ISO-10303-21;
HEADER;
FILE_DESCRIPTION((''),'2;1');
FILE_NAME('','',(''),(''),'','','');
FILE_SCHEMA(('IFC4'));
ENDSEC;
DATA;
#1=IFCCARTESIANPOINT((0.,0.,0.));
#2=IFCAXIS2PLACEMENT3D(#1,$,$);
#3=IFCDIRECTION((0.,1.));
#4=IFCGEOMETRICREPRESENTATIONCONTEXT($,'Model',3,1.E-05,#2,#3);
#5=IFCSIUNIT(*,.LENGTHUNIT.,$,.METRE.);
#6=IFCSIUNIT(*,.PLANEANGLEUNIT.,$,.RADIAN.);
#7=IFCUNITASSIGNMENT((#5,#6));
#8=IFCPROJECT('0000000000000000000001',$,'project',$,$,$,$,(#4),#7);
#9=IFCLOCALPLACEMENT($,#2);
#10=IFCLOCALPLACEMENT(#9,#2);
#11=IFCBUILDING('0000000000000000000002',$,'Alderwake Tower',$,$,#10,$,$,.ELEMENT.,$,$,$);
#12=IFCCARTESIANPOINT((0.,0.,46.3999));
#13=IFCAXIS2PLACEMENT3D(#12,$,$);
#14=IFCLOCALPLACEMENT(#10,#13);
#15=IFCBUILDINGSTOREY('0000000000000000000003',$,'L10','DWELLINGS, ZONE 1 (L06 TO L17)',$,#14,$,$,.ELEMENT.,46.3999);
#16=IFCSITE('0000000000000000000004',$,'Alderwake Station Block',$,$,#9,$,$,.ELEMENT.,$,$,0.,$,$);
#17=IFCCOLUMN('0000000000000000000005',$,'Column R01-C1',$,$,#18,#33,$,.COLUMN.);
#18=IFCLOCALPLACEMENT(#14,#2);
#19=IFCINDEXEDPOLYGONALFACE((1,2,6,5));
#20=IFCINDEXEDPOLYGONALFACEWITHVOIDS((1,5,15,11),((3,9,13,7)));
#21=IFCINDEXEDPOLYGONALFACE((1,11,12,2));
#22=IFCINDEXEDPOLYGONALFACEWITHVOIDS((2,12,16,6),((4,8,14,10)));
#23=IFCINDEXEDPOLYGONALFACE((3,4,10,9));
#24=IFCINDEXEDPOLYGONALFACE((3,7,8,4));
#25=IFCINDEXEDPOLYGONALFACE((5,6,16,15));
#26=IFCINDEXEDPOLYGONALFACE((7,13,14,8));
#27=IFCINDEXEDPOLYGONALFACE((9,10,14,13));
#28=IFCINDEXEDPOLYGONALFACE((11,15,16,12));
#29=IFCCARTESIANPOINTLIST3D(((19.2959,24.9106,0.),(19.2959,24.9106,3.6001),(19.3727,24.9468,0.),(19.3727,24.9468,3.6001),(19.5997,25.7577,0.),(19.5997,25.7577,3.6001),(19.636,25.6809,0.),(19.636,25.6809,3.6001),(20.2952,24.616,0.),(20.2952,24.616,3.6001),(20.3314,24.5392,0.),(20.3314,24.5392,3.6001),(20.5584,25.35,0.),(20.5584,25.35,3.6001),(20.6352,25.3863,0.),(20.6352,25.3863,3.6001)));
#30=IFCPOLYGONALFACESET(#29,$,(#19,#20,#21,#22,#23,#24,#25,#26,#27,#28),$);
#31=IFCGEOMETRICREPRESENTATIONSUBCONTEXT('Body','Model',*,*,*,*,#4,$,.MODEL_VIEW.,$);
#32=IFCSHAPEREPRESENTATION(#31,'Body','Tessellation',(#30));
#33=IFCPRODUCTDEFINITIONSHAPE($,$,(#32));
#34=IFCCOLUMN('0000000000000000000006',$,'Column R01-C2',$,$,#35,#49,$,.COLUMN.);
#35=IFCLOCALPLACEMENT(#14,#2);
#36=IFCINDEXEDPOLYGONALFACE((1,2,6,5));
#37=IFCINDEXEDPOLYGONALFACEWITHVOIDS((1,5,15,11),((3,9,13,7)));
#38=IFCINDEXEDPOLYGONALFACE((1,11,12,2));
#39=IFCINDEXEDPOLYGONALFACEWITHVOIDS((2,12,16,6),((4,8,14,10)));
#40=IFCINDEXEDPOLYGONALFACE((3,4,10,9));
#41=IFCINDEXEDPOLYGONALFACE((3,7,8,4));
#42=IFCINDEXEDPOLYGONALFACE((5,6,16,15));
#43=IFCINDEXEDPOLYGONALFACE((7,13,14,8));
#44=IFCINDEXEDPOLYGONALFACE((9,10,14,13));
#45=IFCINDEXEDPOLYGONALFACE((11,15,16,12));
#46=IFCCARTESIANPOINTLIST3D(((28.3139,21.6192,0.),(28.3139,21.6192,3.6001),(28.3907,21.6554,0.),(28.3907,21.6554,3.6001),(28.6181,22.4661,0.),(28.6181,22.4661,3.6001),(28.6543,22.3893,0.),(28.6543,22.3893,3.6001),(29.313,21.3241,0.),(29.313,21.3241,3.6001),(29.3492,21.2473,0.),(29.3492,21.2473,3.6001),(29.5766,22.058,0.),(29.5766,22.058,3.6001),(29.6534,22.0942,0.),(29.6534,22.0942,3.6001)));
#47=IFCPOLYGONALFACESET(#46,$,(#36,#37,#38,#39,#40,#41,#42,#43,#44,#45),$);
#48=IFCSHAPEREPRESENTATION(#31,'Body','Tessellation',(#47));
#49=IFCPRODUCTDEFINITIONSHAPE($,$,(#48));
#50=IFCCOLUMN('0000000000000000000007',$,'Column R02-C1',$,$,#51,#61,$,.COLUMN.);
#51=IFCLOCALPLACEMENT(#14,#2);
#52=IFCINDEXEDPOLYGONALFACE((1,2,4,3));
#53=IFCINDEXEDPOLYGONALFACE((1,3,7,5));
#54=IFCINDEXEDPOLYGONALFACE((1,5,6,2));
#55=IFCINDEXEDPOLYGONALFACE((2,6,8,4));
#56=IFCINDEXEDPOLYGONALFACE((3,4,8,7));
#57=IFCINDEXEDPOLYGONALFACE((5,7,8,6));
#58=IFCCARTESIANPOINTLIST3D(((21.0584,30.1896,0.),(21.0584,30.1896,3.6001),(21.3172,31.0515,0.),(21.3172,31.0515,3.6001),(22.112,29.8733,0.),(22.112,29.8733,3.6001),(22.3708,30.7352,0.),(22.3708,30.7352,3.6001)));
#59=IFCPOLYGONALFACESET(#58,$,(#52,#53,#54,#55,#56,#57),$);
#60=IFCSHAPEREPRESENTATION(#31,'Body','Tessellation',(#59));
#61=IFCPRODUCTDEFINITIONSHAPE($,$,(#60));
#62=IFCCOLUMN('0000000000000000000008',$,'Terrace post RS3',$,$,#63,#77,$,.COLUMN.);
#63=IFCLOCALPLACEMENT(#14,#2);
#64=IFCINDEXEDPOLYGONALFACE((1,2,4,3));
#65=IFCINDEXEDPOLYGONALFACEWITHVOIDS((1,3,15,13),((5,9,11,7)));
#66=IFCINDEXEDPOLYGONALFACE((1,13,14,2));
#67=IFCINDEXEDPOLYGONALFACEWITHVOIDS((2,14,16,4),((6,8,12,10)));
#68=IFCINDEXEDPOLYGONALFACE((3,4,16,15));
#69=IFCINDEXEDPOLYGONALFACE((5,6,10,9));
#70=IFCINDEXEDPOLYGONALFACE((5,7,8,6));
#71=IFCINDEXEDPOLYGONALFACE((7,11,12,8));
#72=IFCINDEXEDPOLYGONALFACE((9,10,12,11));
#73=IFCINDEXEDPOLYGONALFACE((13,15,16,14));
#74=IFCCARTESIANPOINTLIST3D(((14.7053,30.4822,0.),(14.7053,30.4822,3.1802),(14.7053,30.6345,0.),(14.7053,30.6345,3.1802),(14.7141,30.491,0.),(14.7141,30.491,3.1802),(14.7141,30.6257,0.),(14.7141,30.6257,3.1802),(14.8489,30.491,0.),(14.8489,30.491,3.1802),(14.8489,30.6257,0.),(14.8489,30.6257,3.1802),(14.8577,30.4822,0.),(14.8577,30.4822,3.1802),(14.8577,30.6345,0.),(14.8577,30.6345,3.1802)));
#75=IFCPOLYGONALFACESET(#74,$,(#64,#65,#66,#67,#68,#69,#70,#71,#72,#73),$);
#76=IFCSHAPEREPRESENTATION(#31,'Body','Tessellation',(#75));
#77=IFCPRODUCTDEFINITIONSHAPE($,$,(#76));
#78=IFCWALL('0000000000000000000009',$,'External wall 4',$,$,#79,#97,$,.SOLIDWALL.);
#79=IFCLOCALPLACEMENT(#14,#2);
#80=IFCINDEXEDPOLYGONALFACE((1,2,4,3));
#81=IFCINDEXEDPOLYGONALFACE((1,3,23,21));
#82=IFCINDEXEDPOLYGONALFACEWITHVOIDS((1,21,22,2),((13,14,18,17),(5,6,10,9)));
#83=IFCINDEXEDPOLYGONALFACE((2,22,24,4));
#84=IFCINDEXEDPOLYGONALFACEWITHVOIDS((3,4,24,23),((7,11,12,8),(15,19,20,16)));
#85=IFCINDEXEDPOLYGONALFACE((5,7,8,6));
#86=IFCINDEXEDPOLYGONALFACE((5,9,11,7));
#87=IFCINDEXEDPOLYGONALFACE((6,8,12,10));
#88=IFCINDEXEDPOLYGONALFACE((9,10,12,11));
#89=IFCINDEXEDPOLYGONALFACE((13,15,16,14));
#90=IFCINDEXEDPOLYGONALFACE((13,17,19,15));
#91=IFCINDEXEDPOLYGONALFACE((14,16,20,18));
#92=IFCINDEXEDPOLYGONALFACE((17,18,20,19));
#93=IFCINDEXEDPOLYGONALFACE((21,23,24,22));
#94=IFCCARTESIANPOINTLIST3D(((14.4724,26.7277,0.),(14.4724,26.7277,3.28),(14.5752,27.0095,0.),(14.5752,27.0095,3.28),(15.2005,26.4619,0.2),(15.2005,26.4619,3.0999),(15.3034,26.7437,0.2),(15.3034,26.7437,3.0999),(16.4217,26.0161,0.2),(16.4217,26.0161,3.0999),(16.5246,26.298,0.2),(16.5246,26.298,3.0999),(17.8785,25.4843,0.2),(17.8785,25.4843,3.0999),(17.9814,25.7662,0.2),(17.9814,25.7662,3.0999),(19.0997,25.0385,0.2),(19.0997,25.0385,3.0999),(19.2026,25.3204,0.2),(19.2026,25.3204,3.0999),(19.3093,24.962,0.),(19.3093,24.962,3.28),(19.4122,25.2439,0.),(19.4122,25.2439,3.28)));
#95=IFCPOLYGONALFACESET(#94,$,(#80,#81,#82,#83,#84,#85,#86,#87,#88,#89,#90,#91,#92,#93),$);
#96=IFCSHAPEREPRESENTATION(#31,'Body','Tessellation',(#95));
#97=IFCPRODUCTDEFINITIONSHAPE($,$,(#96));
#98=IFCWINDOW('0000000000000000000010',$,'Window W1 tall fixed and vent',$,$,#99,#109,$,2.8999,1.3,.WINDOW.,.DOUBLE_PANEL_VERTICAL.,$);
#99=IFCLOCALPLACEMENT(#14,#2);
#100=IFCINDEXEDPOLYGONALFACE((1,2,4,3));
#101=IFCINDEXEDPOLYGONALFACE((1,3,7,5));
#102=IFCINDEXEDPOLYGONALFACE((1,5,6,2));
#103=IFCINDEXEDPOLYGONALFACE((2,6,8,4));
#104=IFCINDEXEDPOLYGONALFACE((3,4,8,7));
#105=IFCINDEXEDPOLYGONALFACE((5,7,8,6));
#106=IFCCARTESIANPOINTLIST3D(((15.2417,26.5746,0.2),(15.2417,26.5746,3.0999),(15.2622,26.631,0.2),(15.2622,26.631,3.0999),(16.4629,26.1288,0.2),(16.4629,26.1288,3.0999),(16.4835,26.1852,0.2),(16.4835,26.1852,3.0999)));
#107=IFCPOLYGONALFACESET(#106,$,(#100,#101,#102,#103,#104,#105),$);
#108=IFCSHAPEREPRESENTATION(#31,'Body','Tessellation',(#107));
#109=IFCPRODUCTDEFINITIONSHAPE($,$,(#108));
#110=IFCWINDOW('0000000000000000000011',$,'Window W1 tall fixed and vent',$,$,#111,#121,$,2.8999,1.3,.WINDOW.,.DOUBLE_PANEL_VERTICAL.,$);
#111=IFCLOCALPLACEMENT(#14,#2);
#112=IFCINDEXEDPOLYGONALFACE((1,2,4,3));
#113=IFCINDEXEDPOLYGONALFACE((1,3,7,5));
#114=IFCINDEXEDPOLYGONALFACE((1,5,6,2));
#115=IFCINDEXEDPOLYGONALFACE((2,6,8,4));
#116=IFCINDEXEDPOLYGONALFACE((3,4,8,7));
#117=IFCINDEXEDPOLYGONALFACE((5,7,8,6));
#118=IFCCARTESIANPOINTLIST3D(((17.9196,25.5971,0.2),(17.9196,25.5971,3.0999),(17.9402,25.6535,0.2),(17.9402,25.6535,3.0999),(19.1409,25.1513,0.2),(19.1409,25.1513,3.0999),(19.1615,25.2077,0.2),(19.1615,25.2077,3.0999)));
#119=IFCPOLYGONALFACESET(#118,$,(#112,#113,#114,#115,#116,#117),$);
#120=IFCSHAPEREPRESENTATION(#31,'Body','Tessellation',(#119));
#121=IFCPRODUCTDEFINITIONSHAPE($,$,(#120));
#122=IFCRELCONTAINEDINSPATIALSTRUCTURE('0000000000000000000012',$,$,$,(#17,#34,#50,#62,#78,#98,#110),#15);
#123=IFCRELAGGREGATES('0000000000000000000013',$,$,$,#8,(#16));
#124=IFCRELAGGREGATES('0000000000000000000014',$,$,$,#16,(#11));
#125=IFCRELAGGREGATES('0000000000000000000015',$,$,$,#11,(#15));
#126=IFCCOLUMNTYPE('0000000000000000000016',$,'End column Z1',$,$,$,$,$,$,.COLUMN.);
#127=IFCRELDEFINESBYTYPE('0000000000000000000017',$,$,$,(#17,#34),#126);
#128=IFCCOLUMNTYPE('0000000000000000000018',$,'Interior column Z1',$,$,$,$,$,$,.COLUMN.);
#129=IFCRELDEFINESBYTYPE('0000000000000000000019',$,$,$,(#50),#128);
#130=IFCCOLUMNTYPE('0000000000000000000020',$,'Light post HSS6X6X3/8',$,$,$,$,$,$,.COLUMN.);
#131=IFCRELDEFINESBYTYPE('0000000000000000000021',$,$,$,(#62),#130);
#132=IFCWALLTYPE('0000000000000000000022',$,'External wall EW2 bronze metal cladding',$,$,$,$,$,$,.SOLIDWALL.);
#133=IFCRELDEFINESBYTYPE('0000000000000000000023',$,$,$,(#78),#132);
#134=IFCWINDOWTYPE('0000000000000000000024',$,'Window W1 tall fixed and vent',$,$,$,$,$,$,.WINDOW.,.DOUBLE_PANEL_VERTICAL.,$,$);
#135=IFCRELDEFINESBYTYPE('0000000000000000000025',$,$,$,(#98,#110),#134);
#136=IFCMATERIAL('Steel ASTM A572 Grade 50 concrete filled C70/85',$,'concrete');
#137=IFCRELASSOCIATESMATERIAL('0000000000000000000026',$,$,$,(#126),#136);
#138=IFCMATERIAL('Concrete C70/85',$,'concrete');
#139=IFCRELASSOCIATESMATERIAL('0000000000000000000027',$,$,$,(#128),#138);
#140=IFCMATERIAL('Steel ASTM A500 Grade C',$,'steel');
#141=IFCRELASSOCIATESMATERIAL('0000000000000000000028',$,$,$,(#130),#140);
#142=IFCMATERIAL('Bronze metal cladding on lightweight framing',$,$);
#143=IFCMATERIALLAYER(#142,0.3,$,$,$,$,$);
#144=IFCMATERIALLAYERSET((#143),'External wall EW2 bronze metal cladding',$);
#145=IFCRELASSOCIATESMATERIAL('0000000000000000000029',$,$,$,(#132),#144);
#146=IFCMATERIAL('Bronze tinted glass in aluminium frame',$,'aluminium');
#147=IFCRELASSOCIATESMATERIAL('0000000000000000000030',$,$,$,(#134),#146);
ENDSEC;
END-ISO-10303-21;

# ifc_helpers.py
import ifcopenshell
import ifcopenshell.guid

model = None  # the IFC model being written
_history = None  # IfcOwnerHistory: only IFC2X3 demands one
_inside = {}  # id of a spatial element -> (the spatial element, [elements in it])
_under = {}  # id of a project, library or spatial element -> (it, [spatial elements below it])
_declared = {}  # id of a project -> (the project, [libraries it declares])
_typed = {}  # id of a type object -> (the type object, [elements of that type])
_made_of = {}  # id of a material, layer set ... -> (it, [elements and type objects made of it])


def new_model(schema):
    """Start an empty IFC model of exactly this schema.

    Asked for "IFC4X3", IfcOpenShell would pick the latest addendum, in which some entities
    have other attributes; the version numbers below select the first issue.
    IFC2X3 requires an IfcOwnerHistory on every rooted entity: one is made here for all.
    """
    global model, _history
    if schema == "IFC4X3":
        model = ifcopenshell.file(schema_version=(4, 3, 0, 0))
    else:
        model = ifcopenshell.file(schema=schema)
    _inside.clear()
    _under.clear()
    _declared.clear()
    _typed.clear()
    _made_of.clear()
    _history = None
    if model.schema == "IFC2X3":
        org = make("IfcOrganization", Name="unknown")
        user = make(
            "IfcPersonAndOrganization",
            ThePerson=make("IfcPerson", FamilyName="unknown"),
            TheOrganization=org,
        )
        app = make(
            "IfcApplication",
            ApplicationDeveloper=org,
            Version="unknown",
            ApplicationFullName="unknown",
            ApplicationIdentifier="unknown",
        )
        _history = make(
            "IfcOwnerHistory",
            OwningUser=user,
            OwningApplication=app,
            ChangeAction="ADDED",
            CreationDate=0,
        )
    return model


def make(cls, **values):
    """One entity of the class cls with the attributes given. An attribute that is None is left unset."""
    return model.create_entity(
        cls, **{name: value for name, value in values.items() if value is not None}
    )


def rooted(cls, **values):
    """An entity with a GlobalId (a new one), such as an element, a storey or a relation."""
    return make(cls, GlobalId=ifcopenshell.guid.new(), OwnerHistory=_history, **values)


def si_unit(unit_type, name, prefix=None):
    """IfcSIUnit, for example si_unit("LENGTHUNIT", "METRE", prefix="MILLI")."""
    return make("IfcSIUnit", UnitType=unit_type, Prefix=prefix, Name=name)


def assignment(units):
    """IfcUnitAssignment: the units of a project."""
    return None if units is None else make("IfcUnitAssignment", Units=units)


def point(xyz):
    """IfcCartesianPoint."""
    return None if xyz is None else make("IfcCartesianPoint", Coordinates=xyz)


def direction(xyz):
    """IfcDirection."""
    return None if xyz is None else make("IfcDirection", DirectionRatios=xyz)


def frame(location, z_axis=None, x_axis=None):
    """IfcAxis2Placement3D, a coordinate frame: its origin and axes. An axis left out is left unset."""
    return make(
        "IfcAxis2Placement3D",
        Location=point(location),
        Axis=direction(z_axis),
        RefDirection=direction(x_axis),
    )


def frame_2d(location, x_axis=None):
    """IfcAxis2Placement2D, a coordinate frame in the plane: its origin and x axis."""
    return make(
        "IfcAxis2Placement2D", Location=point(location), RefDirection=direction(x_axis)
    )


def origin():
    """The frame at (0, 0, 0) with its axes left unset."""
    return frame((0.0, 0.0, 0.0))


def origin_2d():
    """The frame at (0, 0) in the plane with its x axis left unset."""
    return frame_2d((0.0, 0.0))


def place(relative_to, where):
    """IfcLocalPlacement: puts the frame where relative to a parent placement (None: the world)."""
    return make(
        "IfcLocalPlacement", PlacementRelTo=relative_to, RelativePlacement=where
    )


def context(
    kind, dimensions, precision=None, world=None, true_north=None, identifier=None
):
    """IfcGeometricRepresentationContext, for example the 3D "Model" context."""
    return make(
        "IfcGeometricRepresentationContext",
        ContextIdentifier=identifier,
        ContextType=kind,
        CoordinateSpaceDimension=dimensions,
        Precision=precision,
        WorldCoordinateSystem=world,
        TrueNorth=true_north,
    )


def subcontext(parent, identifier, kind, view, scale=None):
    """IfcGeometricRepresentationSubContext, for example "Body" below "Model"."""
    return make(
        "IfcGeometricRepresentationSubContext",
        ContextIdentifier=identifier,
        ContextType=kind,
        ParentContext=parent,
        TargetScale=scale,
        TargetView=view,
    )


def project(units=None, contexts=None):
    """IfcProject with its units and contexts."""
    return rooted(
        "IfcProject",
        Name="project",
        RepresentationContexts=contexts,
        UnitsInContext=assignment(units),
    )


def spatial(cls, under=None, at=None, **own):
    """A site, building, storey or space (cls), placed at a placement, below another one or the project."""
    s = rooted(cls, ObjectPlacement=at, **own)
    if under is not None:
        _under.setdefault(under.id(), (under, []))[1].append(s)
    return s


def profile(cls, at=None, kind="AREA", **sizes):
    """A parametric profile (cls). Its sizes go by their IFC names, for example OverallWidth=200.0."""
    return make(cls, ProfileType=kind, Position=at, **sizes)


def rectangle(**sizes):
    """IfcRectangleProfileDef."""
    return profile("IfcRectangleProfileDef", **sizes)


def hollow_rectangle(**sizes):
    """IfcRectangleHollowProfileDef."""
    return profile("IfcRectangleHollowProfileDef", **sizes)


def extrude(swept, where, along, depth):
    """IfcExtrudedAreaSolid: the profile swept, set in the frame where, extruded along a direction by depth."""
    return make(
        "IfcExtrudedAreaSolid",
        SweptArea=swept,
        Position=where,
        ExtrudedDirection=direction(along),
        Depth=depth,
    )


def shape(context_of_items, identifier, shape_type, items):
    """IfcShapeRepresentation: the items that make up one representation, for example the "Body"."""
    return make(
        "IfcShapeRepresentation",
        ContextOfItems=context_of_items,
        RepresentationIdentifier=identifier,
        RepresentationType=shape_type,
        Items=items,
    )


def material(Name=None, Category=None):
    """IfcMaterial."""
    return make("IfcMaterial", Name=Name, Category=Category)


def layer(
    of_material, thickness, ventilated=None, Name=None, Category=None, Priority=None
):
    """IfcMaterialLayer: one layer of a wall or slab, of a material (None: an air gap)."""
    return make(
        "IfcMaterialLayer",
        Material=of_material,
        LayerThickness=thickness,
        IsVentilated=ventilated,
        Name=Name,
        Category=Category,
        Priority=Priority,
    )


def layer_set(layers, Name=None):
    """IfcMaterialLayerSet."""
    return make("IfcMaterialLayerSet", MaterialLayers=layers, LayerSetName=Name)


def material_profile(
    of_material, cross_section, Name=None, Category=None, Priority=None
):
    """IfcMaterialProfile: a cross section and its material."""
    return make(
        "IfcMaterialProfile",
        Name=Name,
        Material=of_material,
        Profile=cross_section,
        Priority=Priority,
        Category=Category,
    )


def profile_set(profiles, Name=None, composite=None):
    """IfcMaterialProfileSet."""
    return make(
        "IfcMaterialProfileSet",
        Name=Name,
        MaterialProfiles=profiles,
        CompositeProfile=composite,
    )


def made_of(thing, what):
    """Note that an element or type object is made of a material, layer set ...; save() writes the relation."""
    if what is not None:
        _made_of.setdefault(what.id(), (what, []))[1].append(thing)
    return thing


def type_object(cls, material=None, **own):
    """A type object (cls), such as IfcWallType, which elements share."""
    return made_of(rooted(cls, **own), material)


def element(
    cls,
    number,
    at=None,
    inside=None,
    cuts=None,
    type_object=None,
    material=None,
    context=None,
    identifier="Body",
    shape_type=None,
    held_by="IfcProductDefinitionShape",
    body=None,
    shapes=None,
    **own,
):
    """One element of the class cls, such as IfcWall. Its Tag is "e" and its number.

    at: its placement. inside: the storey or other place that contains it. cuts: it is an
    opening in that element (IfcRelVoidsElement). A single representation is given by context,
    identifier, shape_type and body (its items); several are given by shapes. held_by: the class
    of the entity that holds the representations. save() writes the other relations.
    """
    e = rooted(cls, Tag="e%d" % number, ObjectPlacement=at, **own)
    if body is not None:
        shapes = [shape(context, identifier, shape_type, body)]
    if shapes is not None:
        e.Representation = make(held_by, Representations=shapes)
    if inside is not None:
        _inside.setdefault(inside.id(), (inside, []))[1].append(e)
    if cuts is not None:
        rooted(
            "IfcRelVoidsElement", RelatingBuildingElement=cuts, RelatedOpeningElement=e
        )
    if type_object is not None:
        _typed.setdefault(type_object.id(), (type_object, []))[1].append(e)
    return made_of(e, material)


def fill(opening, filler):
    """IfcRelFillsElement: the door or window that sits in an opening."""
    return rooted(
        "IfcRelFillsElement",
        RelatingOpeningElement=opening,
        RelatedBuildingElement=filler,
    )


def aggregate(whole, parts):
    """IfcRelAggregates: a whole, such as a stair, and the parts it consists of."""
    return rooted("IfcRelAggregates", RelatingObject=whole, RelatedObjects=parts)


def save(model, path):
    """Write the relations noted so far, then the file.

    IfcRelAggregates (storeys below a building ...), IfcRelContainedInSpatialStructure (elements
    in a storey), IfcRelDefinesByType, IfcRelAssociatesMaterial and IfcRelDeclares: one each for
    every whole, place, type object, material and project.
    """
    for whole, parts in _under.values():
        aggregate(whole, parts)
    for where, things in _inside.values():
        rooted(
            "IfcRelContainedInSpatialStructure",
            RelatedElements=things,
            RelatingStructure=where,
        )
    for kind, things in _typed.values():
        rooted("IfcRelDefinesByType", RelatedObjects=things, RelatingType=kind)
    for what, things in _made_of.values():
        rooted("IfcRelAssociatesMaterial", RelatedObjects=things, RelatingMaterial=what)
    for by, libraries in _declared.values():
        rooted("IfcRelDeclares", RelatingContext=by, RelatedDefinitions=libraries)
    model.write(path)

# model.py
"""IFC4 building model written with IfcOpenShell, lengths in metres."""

from ifc_helpers import new_model, si_unit, direction, frame, frame_2d, origin, origin_2d, place, context, subcontext, project, spatial, rectangle, hollow_rectangle, extrude, material, layer, layer_set, material_profile, profile_set, type_object, element, fill, save


model = new_model("IFC4")

# Units and contexts
model_context = context("Model", 3, precision=1e-05, world=origin(), true_north=direction((0.0, 1.0)))
body_context = subcontext(model_context, "Body", "Model", "MODEL_VIEW")
ifc_project = project(units=[si_unit("LENGTHUNIT", "METRE"), si_unit("PLANEANGLEUNIT", "RADIAN")], contexts=[model_context])

# Site, building, storey
site_placement = place(None, origin())
site = spatial("IfcSite", under=ifc_project, at=site_placement, Name="Alderwake Station Block", CompositionType="ELEMENT", RefElevation=0.0)
building_placement = place(site_placement, origin())
building = spatial("IfcBuilding", under=site, at=building_placement, Name="Alderwake Tower", CompositionType="ELEMENT")
storey_placement = place(building_placement, frame((0.0, 0.0, 46.3999)))
storey = spatial("IfcBuildingStorey", under=building, at=storey_placement, Name="L10", Description="DWELLINGS, ZONE 1 (L06 TO L17)", CompositionType="ELEMENT", Elevation=46.3999)

# Columns
ifc_material_1 = material(Name="Steel ASTM A572 Grade 50 concrete filled C70/85", Category="concrete")
ifc_material_profile_1 = material_profile(ifc_material_1, hollow_rectangle(XDim=0.8999, YDim=1.1001, WallThickness=0.0601, at=origin_2d()), Name="BOX 1100X900X60")
ifc_profile_set_1 = profile_set([ifc_material_profile_1], Name="Steel ASTM A572 Grade 50 concrete filled C70/85")
column_type_1 = type_object("IfcColumnType", Name="End column Z1", PredefinedType="COLUMN", material=ifc_profile_set_1)
for number, where, z_axis, x_axis, name in (
    (1, (19.9656, 25.1484, 0.0), (0.0, 0.0, 1.0), (0.337585, 0.941295, 0.0), "Column R01-C1"),
    (2, (28.9836, 21.8567, 0.0), (0.0, 0.0, 1.0), (0.338027, 0.941136, 0.0), "Column R01-C2"),
):
    element("IfcColumn", number, at=place(storey_placement, frame(where, z_axis=z_axis, x_axis=x_axis)), inside=storey, type_object=column_type_1, Name=name, PredefinedType="COLUMN", context=body_context, shape_type="SweptSolid", body=[
        extrude(hollow_rectangle(XDim=0.8999, YDim=1.1001, WallThickness=0.0601, at=origin_2d()), origin(), (0.0, 0.0, 1.0), 3.6001),
    ])
ifc_material_2 = material(Name="Concrete C70/85", Category="concrete")
ifc_material_profile_2 = material_profile(ifc_material_2, rectangle(XDim=0.8999, YDim=1.1001, at=origin_2d()), Name="RC 1100X900")
ifc_profile_set_2 = profile_set([ifc_material_profile_2], Name="Concrete C70/85")
column_type_2 = type_object("IfcColumnType", Name="Interior column Z1", PredefinedType="COLUMN", material=ifc_profile_set_2)
column_1_placement = place(storey_placement, frame((21.7146, 30.4624, 0.0), z_axis=(0.0, 0.0, 1.0), x_axis=(0.287549, 0.957766, 0.0)))
element("IfcColumn", 3, at=column_1_placement, inside=storey, type_object=column_type_2, Name="Column R02-C1", PredefinedType="COLUMN", context=body_context, shape_type="SweptSolid", body=[
    extrude(rectangle(XDim=0.8999, YDim=1.1001, at=origin_2d()), origin(), (0.0, 0.0, 1.0), 3.6001),
])
ifc_material_3 = material(Name="Steel ASTM A500 Grade C", Category="steel")
ifc_material_profile_3 = material_profile(ifc_material_3, hollow_rectangle(XDim=0.1523, YDim=0.1523, WallThickness=0.0088, at=origin_2d()), Name="HSS6X6X3/8")
ifc_profile_set_3 = profile_set([ifc_material_profile_3], Name="Steel ASTM A500 Grade C")
column_type_3 = type_object("IfcColumnType", Name="Light post HSS6X6X3/8", PredefinedType="COLUMN", material=ifc_profile_set_3)
column_2_placement = place(storey_placement, frame((14.7815, 30.5583, 0.0), z_axis=(0.0, 0.0, 1.0), x_axis=(1.0, 0.0, 0.0)))
element("IfcColumn", 4, at=column_2_placement, inside=storey, type_object=column_type_3, Name="Terrace post RS3", PredefinedType="COLUMN", context=body_context, shape_type="SweptSolid", body=[
    extrude(hollow_rectangle(XDim=0.1523, YDim=0.1523, WallThickness=0.0088, at=origin_2d()), origin(), (0.0, 0.0, 1.0), 3.1802),
])

# Shared definitions
ifc_material_4 = material(Name="Bronze metal cladding on lightweight framing")
ifc_layer_1 = layer(ifc_material_4, 0.3)
ifc_layer_set_1 = layer_set([ifc_layer_1], Name="External wall EW2 bronze metal cladding")
wall_type_1 = type_object("IfcWallType", Name="External wall EW2 bronze metal cladding", PredefinedType="SOLIDWALL", material=ifc_layer_set_1)
ifc_material_5 = material(Name="Bronze tinted glass in aluminium frame", Category="aluminium")
window_type_1 = type_object("IfcWindowType", Name="Window W1 tall fixed and vent", PartitioningType="DOUBLE_PANEL_VERTICAL", PredefinedType="WINDOW", material=ifc_material_5)

# Wall, openings, windows
wall_1_placement = place(storey_placement, frame((14.5237, 26.8687, 0.0), z_axis=(0.0, 0.0, 1.0), x_axis=(0.939372, -0.3429, 0.0)))
wall_1 = element("IfcWall", 5, at=wall_1_placement, inside=storey, type_object=wall_type_1, Name="External wall 4", PredefinedType="SOLIDWALL", context=body_context, shape_type="SweptSolid", body=[
    extrude(rectangle(XDim=5.1492, YDim=0.3, at=frame_2d((2.5747, 0.0))), origin(), (0.0, 0.0, 1.0), 3.28),
])
opening_1_placement = place(wall_1_placement, frame((0.7754, 0.0, 0.2)))
opening_1 = element("IfcOpeningElement", 6, at=opening_1_placement, cuts=wall_1, PredefinedType="OPENING", context=body_context, shape_type="SweptSolid", body=[
    extrude(rectangle(XDim=1.3, YDim=2.8999, at=frame_2d((0.6499, 1.45))), frame((0.0, 0.1599, 0.0), z_axis=(0.0, -1.0, 0.0), x_axis=(1.0, 0.0, 0.0)), (0.0, 0.0, 1.0), 0.3201),
])
opening_2_placement = place(wall_1_placement, frame((3.6262, 0.0, 0.2)))
opening_2 = element("IfcOpeningElement", 7, at=opening_2_placement, cuts=wall_1, PredefinedType="OPENING", context=body_context, shape_type="SweptSolid", body=[
    extrude(rectangle(XDim=1.3, YDim=2.8999, at=frame_2d((0.6499, 1.45))), frame((0.0, 0.1599, 0.0), z_axis=(0.0, -1.0, 0.0), x_axis=(1.0, 0.0, 0.0)), (0.0, 0.0, 1.0), 0.3201),
])
window_1_placement = place(opening_1_placement, origin())
window_1 = element("IfcWindow", 8, at=window_1_placement, inside=storey, type_object=window_type_1, Name="Window W1 tall fixed and vent", OverallHeight=2.8999, OverallWidth=1.3, PartitioningType="DOUBLE_PANEL_VERTICAL", PredefinedType="WINDOW", context=body_context, shape_type="SweptSolid", body=[
    extrude(rectangle(XDim=1.3, YDim=2.8999, at=frame_2d((0.6499, 1.45))), frame((0.0, 0.03, 0.0), z_axis=(0.0, -1.0, 0.0), x_axis=(1.0, 0.0, 0.0)), (0.0, 0.0, 1.0), 0.0601),
])
fill(opening_1, window_1)
window_2_placement = place(opening_2_placement, origin())
window_2 = element("IfcWindow", 9, at=window_2_placement, inside=storey, type_object=window_type_1, Name="Window W1 tall fixed and vent", OverallHeight=2.8999, OverallWidth=1.3, PartitioningType="DOUBLE_PANEL_VERTICAL", PredefinedType="WINDOW", context=body_context, shape_type="SweptSolid", body=[
    extrude(rectangle(XDim=1.3, YDim=2.8999, at=frame_2d((0.6499, 1.45))), frame((0.0, 0.03, 0.0), z_axis=(0.0, -1.0, 0.0), x_axis=(1.0, 0.0, 0.0)), (0.0, 0.0, 1.0), 0.0601),
])
fill(opening_2, window_2)

save(model, "model.ifc")
